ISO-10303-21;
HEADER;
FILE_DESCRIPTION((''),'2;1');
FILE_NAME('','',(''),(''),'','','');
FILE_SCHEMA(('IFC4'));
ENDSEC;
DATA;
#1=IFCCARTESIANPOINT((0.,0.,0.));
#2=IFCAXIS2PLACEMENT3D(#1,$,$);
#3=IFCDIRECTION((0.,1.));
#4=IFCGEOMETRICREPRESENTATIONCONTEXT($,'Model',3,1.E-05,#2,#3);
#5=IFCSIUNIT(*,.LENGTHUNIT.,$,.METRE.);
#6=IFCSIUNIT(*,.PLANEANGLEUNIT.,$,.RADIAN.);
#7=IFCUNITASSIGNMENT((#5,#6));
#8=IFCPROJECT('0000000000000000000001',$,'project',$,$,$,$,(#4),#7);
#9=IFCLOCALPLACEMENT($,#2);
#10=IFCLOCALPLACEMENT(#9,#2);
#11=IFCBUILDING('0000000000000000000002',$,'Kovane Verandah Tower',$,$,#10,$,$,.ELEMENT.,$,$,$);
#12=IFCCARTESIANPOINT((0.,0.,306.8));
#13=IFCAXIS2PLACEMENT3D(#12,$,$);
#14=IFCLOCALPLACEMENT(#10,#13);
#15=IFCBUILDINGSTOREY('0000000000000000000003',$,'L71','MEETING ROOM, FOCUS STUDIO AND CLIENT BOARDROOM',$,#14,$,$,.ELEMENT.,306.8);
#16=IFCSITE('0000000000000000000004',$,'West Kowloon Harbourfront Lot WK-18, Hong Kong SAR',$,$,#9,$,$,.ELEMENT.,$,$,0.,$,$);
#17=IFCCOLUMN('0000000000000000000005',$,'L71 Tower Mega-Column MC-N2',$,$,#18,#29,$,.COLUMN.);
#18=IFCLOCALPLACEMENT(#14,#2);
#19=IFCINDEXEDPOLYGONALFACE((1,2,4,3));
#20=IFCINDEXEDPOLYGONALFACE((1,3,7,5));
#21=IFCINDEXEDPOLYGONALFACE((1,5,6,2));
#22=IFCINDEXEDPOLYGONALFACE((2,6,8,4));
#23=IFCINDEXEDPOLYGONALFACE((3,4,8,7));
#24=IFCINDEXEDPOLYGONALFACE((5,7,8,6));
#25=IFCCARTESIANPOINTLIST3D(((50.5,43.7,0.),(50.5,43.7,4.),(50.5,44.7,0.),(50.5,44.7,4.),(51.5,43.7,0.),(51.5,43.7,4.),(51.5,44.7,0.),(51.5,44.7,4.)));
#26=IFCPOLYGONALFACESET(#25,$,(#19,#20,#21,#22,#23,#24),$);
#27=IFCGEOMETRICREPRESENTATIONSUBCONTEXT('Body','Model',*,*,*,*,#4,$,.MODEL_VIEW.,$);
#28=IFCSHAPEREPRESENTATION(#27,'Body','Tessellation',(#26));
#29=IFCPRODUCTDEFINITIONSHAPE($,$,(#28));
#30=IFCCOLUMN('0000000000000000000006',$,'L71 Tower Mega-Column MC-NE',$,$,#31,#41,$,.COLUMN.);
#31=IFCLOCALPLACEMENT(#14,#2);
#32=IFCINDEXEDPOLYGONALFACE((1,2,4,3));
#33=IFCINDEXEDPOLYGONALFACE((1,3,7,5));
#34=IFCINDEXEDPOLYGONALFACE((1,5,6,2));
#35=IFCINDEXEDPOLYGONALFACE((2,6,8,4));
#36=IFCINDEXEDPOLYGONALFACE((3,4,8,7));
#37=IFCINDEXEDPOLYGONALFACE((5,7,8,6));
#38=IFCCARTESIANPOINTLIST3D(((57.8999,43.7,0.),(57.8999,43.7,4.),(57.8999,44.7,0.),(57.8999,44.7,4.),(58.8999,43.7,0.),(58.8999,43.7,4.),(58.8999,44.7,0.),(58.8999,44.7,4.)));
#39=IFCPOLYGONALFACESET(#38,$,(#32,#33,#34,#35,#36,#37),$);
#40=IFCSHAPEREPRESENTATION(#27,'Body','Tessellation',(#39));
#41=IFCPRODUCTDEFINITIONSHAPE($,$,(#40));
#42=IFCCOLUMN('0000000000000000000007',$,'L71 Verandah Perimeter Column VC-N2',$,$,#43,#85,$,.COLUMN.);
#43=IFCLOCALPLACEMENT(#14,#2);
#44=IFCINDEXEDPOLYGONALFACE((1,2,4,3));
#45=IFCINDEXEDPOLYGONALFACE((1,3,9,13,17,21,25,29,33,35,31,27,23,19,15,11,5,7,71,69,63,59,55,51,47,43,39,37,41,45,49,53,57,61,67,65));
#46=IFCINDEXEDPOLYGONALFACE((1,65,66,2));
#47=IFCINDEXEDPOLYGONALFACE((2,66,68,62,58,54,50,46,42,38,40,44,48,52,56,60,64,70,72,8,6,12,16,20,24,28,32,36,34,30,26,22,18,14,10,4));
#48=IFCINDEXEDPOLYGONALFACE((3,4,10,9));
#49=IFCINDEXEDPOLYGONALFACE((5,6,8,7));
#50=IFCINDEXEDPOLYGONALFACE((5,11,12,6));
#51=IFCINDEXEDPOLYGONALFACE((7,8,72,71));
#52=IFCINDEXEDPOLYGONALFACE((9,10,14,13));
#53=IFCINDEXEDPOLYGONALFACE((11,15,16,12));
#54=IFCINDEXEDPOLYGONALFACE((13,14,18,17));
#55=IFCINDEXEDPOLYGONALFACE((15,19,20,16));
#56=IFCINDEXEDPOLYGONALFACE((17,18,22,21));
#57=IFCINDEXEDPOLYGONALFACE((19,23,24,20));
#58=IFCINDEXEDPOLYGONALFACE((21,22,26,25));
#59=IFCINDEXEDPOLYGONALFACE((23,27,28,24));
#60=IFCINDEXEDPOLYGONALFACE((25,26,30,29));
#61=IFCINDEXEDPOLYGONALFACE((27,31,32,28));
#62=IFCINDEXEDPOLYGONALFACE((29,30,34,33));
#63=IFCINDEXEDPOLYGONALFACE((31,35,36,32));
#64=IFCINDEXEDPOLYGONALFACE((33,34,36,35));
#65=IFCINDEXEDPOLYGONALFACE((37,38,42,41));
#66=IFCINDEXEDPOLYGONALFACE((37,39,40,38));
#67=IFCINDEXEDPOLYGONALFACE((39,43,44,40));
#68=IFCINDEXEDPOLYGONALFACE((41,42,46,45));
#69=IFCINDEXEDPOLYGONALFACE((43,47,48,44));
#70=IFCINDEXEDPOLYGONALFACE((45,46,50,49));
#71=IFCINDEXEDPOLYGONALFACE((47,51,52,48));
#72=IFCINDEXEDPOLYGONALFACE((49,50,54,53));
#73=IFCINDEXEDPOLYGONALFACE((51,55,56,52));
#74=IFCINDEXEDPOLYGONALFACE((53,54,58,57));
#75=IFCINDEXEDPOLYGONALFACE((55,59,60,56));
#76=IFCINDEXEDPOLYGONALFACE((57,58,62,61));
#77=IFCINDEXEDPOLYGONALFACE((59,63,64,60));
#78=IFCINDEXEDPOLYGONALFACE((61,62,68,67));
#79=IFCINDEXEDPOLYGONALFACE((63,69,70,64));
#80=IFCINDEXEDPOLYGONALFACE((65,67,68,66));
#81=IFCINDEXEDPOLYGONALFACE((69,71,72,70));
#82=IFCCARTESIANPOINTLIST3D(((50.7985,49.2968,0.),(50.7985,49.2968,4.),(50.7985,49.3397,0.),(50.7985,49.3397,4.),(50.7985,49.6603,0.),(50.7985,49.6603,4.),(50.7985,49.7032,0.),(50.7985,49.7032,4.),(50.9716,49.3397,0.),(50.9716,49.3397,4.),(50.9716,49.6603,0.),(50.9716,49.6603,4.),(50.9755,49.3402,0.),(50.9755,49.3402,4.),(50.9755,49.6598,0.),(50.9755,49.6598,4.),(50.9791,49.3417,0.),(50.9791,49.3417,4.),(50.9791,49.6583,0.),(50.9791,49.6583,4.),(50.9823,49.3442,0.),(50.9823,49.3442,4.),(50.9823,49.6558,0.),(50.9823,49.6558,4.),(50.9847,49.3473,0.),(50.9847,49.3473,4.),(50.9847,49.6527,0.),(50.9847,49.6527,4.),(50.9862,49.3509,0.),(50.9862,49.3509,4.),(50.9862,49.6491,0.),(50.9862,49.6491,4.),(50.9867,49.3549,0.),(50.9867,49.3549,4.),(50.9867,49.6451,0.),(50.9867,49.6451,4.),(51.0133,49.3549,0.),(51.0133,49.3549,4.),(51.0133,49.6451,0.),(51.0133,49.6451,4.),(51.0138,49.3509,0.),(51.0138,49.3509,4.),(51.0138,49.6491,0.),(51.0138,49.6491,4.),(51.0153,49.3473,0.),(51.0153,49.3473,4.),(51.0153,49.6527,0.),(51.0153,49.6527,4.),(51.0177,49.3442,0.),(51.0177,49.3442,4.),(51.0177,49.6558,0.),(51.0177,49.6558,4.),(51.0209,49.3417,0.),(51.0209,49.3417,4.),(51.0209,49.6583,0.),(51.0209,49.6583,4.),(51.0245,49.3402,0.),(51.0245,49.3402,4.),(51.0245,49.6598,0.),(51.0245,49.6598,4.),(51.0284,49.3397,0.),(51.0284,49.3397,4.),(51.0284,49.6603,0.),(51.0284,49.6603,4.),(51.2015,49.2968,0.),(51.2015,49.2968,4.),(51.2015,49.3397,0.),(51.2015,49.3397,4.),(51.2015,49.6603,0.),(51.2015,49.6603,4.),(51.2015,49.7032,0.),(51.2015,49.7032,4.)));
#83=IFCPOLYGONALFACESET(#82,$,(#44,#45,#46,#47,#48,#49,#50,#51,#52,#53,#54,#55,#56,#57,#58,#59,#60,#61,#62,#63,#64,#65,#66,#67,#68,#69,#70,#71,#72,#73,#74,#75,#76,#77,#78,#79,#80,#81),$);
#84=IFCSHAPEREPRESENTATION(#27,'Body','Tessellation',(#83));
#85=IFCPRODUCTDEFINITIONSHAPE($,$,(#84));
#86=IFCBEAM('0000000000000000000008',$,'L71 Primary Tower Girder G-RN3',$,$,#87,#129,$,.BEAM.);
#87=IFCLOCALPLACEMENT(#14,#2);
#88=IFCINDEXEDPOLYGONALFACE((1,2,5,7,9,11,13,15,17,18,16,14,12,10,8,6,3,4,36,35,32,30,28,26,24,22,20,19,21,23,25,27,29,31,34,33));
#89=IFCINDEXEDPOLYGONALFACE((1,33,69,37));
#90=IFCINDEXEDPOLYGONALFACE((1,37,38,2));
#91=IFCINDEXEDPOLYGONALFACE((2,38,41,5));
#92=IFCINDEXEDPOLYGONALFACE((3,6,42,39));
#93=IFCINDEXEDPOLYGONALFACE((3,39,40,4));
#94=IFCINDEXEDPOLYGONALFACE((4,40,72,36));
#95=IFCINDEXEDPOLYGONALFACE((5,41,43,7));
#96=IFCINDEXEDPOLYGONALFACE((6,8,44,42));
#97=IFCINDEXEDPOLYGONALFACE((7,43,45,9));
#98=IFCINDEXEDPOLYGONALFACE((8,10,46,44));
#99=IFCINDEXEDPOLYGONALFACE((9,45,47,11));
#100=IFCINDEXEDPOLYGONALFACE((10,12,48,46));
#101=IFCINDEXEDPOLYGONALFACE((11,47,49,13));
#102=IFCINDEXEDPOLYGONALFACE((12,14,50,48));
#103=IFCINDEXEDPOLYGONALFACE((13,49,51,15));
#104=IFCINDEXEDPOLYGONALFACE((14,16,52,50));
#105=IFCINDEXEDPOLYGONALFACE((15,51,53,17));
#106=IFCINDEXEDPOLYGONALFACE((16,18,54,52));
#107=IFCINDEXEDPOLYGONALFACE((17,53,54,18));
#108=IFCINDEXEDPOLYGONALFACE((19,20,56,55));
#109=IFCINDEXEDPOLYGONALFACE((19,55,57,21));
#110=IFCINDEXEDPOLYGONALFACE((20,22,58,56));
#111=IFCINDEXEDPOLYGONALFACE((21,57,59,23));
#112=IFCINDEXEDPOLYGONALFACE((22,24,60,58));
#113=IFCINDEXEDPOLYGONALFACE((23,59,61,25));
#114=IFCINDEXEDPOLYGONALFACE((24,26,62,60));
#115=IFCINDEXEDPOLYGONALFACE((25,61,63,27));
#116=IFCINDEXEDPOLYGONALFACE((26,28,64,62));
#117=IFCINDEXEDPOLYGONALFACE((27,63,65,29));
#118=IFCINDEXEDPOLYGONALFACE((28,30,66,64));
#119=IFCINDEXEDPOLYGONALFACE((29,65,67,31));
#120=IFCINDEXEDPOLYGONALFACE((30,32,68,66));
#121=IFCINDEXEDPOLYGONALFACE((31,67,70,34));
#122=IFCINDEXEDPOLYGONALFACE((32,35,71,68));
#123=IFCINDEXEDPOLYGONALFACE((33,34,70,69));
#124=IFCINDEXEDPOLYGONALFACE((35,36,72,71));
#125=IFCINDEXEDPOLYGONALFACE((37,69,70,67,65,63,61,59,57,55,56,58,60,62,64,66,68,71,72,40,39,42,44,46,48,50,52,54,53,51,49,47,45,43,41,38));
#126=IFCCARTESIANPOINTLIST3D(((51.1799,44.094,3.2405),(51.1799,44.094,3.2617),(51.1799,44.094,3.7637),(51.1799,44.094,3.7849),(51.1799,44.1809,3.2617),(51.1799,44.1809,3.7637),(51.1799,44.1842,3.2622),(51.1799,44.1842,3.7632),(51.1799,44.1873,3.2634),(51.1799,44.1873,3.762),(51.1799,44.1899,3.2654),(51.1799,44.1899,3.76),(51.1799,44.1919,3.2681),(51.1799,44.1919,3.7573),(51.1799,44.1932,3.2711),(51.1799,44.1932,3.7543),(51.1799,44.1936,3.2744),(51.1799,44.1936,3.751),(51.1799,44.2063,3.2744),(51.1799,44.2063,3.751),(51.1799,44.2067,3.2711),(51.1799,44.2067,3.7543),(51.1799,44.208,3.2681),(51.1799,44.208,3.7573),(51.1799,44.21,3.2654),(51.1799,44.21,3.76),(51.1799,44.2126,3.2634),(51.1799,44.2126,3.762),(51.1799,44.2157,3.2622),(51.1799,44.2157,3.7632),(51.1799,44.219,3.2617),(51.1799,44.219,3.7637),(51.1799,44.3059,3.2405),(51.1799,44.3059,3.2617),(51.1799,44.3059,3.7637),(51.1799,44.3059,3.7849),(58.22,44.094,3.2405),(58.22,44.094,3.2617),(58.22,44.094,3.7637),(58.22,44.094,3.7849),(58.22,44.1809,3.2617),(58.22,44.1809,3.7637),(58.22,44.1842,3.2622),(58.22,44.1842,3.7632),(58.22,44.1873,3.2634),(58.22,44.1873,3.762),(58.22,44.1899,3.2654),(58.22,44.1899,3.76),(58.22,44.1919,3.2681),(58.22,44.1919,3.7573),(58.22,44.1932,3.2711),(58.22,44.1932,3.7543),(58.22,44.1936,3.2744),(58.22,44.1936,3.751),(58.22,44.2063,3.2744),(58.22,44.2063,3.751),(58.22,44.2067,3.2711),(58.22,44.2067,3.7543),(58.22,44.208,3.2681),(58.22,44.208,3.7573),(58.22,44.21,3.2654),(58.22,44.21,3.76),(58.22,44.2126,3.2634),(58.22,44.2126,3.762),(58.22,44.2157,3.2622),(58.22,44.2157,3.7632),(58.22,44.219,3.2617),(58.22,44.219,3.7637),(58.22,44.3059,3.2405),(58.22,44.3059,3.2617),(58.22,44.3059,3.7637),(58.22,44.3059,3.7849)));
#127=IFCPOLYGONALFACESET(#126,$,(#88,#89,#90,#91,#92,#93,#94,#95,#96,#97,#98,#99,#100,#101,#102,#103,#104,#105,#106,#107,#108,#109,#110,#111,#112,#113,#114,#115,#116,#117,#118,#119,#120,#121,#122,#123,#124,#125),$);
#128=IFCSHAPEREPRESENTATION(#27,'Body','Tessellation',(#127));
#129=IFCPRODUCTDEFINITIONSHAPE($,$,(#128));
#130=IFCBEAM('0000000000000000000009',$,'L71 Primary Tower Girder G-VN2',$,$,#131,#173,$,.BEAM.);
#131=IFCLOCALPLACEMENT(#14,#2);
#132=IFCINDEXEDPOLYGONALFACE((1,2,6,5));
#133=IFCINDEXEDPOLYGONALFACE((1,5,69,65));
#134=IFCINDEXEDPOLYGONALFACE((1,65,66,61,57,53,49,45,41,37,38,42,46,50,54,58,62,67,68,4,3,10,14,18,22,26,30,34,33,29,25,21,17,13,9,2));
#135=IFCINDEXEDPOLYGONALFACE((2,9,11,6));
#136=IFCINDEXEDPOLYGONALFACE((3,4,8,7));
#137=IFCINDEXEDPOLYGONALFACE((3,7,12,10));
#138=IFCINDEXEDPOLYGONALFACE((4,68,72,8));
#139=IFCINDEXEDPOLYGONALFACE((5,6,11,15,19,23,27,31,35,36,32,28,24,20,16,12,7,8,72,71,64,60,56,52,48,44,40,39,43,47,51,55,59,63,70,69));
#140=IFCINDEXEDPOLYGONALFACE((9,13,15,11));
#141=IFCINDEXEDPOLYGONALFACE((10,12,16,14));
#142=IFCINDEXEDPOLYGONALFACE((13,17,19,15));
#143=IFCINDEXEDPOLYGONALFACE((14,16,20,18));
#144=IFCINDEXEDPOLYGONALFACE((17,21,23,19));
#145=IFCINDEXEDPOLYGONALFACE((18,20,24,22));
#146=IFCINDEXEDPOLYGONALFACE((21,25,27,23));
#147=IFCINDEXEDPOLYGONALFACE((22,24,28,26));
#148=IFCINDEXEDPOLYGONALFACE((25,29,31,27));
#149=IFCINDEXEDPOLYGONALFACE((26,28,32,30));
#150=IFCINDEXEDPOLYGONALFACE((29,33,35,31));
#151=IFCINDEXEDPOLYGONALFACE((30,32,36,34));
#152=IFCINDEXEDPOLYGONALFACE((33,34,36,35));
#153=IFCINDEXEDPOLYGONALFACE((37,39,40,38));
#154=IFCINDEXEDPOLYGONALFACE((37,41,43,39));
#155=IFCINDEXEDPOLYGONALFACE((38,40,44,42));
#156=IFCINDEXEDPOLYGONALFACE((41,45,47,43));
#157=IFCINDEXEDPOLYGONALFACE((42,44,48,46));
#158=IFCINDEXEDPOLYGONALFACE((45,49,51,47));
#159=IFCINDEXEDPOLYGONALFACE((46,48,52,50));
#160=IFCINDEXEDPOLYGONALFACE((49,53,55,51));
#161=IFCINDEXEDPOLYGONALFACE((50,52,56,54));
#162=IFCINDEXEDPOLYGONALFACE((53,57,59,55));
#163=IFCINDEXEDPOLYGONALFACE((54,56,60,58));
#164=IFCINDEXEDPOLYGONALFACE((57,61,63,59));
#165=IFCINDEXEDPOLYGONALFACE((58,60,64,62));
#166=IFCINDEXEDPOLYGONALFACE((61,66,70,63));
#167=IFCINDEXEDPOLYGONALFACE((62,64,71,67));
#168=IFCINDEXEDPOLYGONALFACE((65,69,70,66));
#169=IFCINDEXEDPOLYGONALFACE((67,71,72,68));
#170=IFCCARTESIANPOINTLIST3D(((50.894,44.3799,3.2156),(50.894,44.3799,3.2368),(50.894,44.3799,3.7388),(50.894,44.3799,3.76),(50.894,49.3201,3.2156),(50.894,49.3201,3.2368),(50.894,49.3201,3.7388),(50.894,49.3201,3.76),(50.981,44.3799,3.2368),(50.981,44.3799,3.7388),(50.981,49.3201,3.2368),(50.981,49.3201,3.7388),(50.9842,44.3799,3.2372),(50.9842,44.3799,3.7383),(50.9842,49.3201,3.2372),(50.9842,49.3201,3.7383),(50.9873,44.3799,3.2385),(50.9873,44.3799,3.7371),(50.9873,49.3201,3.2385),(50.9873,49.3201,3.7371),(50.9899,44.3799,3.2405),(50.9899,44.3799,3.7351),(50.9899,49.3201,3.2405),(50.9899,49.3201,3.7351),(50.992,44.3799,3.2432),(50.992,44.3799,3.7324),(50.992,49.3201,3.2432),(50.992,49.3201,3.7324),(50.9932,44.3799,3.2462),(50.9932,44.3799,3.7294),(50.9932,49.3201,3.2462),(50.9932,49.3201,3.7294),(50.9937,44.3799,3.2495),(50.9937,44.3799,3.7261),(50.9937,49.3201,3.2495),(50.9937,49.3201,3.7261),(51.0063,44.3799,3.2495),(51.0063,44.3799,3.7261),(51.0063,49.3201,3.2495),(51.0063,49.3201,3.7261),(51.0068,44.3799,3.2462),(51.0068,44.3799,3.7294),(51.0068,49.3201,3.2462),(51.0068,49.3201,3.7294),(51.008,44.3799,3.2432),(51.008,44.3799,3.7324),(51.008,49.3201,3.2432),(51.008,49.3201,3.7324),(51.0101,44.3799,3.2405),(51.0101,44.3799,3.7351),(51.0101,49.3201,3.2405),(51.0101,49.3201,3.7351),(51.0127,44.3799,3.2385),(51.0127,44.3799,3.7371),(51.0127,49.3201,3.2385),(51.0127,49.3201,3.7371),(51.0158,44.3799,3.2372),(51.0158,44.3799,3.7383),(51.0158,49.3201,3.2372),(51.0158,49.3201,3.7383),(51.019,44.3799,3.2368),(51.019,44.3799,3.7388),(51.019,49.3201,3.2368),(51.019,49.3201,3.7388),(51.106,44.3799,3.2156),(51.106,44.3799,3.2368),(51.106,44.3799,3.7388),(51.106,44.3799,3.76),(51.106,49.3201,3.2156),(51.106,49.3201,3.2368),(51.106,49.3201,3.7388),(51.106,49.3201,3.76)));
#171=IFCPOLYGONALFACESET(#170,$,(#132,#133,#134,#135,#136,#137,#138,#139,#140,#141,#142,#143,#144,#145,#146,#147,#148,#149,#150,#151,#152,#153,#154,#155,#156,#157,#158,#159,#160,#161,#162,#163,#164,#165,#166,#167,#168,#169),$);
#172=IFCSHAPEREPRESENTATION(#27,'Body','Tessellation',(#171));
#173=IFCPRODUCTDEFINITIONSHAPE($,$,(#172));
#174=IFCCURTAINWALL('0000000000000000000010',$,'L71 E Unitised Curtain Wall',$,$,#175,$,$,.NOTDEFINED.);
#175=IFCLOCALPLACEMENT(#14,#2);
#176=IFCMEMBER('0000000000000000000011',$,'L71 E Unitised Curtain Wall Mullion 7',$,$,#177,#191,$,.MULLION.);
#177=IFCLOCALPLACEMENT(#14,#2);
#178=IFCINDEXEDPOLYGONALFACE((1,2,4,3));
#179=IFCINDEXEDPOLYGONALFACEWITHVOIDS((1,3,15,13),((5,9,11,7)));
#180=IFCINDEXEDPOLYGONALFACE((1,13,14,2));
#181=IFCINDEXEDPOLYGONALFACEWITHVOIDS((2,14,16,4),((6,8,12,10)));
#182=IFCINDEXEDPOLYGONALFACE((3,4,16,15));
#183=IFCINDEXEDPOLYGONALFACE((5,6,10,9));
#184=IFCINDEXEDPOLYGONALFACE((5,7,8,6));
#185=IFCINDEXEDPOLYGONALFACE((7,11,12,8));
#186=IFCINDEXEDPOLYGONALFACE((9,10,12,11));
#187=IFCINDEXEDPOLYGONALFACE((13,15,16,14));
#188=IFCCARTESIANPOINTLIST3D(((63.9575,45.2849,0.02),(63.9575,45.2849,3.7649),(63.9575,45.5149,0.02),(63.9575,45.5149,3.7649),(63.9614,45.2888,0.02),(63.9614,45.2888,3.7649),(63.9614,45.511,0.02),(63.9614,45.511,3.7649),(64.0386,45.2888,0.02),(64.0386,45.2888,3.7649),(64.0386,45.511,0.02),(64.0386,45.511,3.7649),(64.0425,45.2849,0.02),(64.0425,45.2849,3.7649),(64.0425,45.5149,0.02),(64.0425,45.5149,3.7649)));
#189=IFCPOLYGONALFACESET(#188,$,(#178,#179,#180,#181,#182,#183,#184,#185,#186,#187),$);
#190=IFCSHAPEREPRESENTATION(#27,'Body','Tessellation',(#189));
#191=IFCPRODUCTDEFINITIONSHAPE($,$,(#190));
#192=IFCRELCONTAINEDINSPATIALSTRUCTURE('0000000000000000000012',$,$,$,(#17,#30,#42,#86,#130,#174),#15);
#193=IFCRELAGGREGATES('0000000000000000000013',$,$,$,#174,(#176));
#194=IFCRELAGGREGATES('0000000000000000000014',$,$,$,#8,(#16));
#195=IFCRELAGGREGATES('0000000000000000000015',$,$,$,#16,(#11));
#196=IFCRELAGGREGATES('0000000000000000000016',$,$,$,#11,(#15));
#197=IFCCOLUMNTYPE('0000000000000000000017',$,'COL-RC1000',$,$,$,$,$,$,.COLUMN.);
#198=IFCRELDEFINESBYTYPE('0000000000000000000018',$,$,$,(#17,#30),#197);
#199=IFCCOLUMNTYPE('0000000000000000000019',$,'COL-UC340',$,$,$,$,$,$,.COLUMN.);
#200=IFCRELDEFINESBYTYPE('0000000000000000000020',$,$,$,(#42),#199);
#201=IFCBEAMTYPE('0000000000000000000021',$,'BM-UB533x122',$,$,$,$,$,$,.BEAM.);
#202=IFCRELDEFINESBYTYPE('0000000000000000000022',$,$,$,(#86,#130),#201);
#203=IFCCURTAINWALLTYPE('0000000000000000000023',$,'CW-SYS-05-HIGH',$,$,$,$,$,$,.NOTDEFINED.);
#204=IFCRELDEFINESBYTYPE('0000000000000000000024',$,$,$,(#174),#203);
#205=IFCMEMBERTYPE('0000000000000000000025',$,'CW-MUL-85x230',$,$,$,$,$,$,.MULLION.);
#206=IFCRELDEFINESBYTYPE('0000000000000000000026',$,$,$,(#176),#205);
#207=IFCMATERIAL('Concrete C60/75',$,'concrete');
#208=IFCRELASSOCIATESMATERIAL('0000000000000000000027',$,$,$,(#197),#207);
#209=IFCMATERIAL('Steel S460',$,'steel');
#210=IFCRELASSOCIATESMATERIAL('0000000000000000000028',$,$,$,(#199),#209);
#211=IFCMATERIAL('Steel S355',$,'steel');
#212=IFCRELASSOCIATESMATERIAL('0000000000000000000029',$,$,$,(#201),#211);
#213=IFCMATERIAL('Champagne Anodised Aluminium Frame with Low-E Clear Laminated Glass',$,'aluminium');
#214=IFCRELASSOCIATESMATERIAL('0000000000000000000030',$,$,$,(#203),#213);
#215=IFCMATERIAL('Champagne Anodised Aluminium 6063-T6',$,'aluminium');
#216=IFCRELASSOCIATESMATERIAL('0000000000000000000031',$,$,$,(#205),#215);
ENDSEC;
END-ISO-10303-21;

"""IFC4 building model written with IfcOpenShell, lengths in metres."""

from ifc_helpers import new_model, si_unit, direction, frame, origin, origin_2d, place, context, subcontext, project, spatial, rectangle, hollow_rectangle, i_section, extrude, material, material_profile, profile_set, type_object, element, aggregate, save


model = new_model("IFC4")

# Units and contexts
model_context = context("Model", 3, precision=1e-05, world=origin(), true_north=direction((0.0, 1.0)))
body_context = subcontext(model_context, "Body", "Model", "MODEL_VIEW")
ifc_project = project(units=[si_unit("LENGTHUNIT", "METRE"), si_unit("PLANEANGLEUNIT", "RADIAN")], contexts=[model_context])

# Site, building, storey
site_placement = place(None, origin())
site = spatial("IfcSite", under=ifc_project, at=site_placement, Name="West Kowloon Harbourfront Lot WK-18, Hong Kong SAR", CompositionType="ELEMENT", RefElevation=0.0)
building_placement = place(site_placement, origin())
building = spatial("IfcBuilding", under=site, at=building_placement, Name="Kovane Verandah Tower", CompositionType="ELEMENT")
storey_placement = place(building_placement, frame((0.0, 0.0, 306.8)))
storey = spatial("IfcBuildingStorey", under=building, at=storey_placement, Name="L71", Description="MEETING ROOM, FOCUS STUDIO AND CLIENT BOARDROOM", CompositionType="ELEMENT", Elevation=306.8)

# Columns
ifc_material_1 = material(Name="Concrete C60/75", Category="concrete")
ifc_material_profile_1 = material_profile(ifc_material_1, rectangle(XDim=1.0, YDim=1.0, at=origin_2d()), Name="RC1000x1000")
ifc_profile_set_1 = profile_set([ifc_material_profile_1], Name="Concrete C60/75")
column_type_1 = type_object("IfcColumnType", Name="COL-RC1000", PredefinedType="COLUMN", material=ifc_profile_set_1)
for number, where, z_axis, x_axis, name in (
    (1, (51.0, 44.2, 0.0), (0.0, 0.0, 1.0), (1.0, 0.0, 0.0), "L71 Tower Mega-Column MC-N2"),
    (2, (58.3999, 44.2, 0.0), (0.0, 0.0, 1.0), (1.0, 0.0, 0.0), "L71 Tower Mega-Column MC-NE"),
):
    element("IfcColumn", number, at=place(storey_placement, frame(where, z_axis=z_axis, x_axis=x_axis)), inside=storey, type_object=column_type_1, Name=name, PredefinedType="COLUMN", context=body_context, shape_type="SweptSolid", body=[
        extrude(rectangle(XDim=1.0, YDim=1.0, at=origin_2d()), origin(), (0.0, 0.0, 1.0), 4.0),
    ])
ifc_material_2 = material(Name="Steel S460", Category="steel")
ifc_material_profile_2 = material_profile(ifc_material_2, i_section(OverallWidth=0.4031, OverallDepth=0.4065, WebThickness=0.0266, FlangeThickness=0.043, FilletRadius=0.0151, at=origin_2d()), Name="UC356x406x340")
ifc_profile_set_2 = profile_set([ifc_material_profile_2], Name="Steel S460")
column_type_2 = type_object("IfcColumnType", Name="COL-UC340", PredefinedType="COLUMN", material=ifc_profile_set_2)
column_placement = place(storey_placement, frame((51.0, 49.5, 0.0), z_axis=(0.0, 0.0, 1.0), x_axis=(1.0, 0.0, 0.0)))
element("IfcColumn", 3, at=column_placement, inside=storey, type_object=column_type_2, Name="L71 Verandah Perimeter Column VC-N2", PredefinedType="COLUMN", context=body_context, shape_type="SweptSolid", body=[
    extrude(i_section(OverallWidth=0.4031, OverallDepth=0.4065, WebThickness=0.0266, FlangeThickness=0.043, FilletRadius=0.0151, at=origin_2d()), origin(), (0.0, 0.0, 1.0), 4.0),
])

# Beams
ifc_material_3 = material(Name="Steel S355", Category="steel")
ifc_material_profile_3 = material_profile(ifc_material_3, i_section(OverallWidth=0.2119, OverallDepth=0.5444, WebThickness=0.0127, FlangeThickness=0.0212, FilletRadius=0.0127, at=origin_2d()), Name="UB533x210x122")
ifc_profile_set_3 = profile_set([ifc_material_profile_3], Name="Steel S355")
beam_type = type_object("IfcBeamType", Name="BM-UB533x122", PredefinedType="BEAM", material=ifc_profile_set_3)
beam_1_placement = place(storey_placement, frame((51.1799, 44.2, 3.5127), z_axis=(1.0, 0.0, 0.0), x_axis=(0.0, 1.0, 0.0)))
element("IfcBeam", 4, at=beam_1_placement, inside=storey, type_object=beam_type, Name="L71 Primary Tower Girder G-RN3", PredefinedType="BEAM", context=body_context, shape_type="SweptSolid", body=[
    extrude(i_section(OverallWidth=0.2119, OverallDepth=0.5444, WebThickness=0.0127, FlangeThickness=0.0212, FilletRadius=0.0127, at=origin_2d()), origin(), (0.0, 0.0, 1.0), 7.04),
])
beam_2_placement = place(storey_placement, frame((51.0, 44.3799, 3.4878), z_axis=(0.0, 1.0, 0.0), x_axis=(-1.0, 0.0, 0.0)))
element("IfcBeam", 5, at=beam_2_placement, inside=storey, type_object=beam_type, Name="L71 Primary Tower Girder G-VN2", PredefinedType="BEAM", context=body_context, shape_type="SweptSolid", body=[
    extrude(i_section(OverallWidth=0.2119, OverallDepth=0.5444, WebThickness=0.0127, FlangeThickness=0.0212, FilletRadius=0.0127, at=origin_2d()), origin(), (0.0, 0.0, 1.0), 4.9402),
])

# Curtain wall, member
ifc_material_4 = material(Name="Champagne Anodised Aluminium Frame with Low-E Clear Laminated Glass", Category="aluminium")
curtain_wall_type = type_object("IfcCurtainWallType", Name="CW-SYS-05-HIGH", PredefinedType="NOTDEFINED", material=ifc_material_4)
curtain_wall_1_placement = place(storey_placement, origin())
curtain_wall_1 = element("IfcCurtainWall", 6, at=curtain_wall_1_placement, inside=storey, type_object=curtain_wall_type, Name="L71 E Unitised Curtain Wall", PredefinedType="NOTDEFINED")
ifc_material_5 = material(Name="Champagne Anodised Aluminium 6063-T6", Category="aluminium")
ifc_material_profile_4 = material_profile(ifc_material_5, hollow_rectangle(XDim=0.085, YDim=0.23, WallThickness=0.0039, at=origin_2d()), Name="AL85x230x4")
ifc_profile_set_4 = profile_set([ifc_material_profile_4], Name="Champagne Anodised Aluminium 6063-T6")
member_type_1 = type_object("IfcMemberType", Name="CW-MUL-85x230", PredefinedType="MULLION", material=ifc_profile_set_4)
member_1_placement = place(storey_placement, frame((64.0, 45.3999, 0.02), z_axis=(0.0, 0.0, 1.0), x_axis=(1.0, 0.0, 0.0)))
member_1 = element("IfcMember", 7, at=member_1_placement, type_object=member_type_1, Name="L71 E Unitised Curtain Wall Mullion 7", PredefinedType="MULLION", context=body_context, shape_type="SweptSolid", body=[
    extrude(hollow_rectangle(XDim=0.085, YDim=0.23, WallThickness=0.0039, at=origin_2d()), origin(), (0.0, 0.0, 1.0), 3.7449),
])

aggregate(curtain_wall_1, [member_1])

save(model, "model.ifc")
